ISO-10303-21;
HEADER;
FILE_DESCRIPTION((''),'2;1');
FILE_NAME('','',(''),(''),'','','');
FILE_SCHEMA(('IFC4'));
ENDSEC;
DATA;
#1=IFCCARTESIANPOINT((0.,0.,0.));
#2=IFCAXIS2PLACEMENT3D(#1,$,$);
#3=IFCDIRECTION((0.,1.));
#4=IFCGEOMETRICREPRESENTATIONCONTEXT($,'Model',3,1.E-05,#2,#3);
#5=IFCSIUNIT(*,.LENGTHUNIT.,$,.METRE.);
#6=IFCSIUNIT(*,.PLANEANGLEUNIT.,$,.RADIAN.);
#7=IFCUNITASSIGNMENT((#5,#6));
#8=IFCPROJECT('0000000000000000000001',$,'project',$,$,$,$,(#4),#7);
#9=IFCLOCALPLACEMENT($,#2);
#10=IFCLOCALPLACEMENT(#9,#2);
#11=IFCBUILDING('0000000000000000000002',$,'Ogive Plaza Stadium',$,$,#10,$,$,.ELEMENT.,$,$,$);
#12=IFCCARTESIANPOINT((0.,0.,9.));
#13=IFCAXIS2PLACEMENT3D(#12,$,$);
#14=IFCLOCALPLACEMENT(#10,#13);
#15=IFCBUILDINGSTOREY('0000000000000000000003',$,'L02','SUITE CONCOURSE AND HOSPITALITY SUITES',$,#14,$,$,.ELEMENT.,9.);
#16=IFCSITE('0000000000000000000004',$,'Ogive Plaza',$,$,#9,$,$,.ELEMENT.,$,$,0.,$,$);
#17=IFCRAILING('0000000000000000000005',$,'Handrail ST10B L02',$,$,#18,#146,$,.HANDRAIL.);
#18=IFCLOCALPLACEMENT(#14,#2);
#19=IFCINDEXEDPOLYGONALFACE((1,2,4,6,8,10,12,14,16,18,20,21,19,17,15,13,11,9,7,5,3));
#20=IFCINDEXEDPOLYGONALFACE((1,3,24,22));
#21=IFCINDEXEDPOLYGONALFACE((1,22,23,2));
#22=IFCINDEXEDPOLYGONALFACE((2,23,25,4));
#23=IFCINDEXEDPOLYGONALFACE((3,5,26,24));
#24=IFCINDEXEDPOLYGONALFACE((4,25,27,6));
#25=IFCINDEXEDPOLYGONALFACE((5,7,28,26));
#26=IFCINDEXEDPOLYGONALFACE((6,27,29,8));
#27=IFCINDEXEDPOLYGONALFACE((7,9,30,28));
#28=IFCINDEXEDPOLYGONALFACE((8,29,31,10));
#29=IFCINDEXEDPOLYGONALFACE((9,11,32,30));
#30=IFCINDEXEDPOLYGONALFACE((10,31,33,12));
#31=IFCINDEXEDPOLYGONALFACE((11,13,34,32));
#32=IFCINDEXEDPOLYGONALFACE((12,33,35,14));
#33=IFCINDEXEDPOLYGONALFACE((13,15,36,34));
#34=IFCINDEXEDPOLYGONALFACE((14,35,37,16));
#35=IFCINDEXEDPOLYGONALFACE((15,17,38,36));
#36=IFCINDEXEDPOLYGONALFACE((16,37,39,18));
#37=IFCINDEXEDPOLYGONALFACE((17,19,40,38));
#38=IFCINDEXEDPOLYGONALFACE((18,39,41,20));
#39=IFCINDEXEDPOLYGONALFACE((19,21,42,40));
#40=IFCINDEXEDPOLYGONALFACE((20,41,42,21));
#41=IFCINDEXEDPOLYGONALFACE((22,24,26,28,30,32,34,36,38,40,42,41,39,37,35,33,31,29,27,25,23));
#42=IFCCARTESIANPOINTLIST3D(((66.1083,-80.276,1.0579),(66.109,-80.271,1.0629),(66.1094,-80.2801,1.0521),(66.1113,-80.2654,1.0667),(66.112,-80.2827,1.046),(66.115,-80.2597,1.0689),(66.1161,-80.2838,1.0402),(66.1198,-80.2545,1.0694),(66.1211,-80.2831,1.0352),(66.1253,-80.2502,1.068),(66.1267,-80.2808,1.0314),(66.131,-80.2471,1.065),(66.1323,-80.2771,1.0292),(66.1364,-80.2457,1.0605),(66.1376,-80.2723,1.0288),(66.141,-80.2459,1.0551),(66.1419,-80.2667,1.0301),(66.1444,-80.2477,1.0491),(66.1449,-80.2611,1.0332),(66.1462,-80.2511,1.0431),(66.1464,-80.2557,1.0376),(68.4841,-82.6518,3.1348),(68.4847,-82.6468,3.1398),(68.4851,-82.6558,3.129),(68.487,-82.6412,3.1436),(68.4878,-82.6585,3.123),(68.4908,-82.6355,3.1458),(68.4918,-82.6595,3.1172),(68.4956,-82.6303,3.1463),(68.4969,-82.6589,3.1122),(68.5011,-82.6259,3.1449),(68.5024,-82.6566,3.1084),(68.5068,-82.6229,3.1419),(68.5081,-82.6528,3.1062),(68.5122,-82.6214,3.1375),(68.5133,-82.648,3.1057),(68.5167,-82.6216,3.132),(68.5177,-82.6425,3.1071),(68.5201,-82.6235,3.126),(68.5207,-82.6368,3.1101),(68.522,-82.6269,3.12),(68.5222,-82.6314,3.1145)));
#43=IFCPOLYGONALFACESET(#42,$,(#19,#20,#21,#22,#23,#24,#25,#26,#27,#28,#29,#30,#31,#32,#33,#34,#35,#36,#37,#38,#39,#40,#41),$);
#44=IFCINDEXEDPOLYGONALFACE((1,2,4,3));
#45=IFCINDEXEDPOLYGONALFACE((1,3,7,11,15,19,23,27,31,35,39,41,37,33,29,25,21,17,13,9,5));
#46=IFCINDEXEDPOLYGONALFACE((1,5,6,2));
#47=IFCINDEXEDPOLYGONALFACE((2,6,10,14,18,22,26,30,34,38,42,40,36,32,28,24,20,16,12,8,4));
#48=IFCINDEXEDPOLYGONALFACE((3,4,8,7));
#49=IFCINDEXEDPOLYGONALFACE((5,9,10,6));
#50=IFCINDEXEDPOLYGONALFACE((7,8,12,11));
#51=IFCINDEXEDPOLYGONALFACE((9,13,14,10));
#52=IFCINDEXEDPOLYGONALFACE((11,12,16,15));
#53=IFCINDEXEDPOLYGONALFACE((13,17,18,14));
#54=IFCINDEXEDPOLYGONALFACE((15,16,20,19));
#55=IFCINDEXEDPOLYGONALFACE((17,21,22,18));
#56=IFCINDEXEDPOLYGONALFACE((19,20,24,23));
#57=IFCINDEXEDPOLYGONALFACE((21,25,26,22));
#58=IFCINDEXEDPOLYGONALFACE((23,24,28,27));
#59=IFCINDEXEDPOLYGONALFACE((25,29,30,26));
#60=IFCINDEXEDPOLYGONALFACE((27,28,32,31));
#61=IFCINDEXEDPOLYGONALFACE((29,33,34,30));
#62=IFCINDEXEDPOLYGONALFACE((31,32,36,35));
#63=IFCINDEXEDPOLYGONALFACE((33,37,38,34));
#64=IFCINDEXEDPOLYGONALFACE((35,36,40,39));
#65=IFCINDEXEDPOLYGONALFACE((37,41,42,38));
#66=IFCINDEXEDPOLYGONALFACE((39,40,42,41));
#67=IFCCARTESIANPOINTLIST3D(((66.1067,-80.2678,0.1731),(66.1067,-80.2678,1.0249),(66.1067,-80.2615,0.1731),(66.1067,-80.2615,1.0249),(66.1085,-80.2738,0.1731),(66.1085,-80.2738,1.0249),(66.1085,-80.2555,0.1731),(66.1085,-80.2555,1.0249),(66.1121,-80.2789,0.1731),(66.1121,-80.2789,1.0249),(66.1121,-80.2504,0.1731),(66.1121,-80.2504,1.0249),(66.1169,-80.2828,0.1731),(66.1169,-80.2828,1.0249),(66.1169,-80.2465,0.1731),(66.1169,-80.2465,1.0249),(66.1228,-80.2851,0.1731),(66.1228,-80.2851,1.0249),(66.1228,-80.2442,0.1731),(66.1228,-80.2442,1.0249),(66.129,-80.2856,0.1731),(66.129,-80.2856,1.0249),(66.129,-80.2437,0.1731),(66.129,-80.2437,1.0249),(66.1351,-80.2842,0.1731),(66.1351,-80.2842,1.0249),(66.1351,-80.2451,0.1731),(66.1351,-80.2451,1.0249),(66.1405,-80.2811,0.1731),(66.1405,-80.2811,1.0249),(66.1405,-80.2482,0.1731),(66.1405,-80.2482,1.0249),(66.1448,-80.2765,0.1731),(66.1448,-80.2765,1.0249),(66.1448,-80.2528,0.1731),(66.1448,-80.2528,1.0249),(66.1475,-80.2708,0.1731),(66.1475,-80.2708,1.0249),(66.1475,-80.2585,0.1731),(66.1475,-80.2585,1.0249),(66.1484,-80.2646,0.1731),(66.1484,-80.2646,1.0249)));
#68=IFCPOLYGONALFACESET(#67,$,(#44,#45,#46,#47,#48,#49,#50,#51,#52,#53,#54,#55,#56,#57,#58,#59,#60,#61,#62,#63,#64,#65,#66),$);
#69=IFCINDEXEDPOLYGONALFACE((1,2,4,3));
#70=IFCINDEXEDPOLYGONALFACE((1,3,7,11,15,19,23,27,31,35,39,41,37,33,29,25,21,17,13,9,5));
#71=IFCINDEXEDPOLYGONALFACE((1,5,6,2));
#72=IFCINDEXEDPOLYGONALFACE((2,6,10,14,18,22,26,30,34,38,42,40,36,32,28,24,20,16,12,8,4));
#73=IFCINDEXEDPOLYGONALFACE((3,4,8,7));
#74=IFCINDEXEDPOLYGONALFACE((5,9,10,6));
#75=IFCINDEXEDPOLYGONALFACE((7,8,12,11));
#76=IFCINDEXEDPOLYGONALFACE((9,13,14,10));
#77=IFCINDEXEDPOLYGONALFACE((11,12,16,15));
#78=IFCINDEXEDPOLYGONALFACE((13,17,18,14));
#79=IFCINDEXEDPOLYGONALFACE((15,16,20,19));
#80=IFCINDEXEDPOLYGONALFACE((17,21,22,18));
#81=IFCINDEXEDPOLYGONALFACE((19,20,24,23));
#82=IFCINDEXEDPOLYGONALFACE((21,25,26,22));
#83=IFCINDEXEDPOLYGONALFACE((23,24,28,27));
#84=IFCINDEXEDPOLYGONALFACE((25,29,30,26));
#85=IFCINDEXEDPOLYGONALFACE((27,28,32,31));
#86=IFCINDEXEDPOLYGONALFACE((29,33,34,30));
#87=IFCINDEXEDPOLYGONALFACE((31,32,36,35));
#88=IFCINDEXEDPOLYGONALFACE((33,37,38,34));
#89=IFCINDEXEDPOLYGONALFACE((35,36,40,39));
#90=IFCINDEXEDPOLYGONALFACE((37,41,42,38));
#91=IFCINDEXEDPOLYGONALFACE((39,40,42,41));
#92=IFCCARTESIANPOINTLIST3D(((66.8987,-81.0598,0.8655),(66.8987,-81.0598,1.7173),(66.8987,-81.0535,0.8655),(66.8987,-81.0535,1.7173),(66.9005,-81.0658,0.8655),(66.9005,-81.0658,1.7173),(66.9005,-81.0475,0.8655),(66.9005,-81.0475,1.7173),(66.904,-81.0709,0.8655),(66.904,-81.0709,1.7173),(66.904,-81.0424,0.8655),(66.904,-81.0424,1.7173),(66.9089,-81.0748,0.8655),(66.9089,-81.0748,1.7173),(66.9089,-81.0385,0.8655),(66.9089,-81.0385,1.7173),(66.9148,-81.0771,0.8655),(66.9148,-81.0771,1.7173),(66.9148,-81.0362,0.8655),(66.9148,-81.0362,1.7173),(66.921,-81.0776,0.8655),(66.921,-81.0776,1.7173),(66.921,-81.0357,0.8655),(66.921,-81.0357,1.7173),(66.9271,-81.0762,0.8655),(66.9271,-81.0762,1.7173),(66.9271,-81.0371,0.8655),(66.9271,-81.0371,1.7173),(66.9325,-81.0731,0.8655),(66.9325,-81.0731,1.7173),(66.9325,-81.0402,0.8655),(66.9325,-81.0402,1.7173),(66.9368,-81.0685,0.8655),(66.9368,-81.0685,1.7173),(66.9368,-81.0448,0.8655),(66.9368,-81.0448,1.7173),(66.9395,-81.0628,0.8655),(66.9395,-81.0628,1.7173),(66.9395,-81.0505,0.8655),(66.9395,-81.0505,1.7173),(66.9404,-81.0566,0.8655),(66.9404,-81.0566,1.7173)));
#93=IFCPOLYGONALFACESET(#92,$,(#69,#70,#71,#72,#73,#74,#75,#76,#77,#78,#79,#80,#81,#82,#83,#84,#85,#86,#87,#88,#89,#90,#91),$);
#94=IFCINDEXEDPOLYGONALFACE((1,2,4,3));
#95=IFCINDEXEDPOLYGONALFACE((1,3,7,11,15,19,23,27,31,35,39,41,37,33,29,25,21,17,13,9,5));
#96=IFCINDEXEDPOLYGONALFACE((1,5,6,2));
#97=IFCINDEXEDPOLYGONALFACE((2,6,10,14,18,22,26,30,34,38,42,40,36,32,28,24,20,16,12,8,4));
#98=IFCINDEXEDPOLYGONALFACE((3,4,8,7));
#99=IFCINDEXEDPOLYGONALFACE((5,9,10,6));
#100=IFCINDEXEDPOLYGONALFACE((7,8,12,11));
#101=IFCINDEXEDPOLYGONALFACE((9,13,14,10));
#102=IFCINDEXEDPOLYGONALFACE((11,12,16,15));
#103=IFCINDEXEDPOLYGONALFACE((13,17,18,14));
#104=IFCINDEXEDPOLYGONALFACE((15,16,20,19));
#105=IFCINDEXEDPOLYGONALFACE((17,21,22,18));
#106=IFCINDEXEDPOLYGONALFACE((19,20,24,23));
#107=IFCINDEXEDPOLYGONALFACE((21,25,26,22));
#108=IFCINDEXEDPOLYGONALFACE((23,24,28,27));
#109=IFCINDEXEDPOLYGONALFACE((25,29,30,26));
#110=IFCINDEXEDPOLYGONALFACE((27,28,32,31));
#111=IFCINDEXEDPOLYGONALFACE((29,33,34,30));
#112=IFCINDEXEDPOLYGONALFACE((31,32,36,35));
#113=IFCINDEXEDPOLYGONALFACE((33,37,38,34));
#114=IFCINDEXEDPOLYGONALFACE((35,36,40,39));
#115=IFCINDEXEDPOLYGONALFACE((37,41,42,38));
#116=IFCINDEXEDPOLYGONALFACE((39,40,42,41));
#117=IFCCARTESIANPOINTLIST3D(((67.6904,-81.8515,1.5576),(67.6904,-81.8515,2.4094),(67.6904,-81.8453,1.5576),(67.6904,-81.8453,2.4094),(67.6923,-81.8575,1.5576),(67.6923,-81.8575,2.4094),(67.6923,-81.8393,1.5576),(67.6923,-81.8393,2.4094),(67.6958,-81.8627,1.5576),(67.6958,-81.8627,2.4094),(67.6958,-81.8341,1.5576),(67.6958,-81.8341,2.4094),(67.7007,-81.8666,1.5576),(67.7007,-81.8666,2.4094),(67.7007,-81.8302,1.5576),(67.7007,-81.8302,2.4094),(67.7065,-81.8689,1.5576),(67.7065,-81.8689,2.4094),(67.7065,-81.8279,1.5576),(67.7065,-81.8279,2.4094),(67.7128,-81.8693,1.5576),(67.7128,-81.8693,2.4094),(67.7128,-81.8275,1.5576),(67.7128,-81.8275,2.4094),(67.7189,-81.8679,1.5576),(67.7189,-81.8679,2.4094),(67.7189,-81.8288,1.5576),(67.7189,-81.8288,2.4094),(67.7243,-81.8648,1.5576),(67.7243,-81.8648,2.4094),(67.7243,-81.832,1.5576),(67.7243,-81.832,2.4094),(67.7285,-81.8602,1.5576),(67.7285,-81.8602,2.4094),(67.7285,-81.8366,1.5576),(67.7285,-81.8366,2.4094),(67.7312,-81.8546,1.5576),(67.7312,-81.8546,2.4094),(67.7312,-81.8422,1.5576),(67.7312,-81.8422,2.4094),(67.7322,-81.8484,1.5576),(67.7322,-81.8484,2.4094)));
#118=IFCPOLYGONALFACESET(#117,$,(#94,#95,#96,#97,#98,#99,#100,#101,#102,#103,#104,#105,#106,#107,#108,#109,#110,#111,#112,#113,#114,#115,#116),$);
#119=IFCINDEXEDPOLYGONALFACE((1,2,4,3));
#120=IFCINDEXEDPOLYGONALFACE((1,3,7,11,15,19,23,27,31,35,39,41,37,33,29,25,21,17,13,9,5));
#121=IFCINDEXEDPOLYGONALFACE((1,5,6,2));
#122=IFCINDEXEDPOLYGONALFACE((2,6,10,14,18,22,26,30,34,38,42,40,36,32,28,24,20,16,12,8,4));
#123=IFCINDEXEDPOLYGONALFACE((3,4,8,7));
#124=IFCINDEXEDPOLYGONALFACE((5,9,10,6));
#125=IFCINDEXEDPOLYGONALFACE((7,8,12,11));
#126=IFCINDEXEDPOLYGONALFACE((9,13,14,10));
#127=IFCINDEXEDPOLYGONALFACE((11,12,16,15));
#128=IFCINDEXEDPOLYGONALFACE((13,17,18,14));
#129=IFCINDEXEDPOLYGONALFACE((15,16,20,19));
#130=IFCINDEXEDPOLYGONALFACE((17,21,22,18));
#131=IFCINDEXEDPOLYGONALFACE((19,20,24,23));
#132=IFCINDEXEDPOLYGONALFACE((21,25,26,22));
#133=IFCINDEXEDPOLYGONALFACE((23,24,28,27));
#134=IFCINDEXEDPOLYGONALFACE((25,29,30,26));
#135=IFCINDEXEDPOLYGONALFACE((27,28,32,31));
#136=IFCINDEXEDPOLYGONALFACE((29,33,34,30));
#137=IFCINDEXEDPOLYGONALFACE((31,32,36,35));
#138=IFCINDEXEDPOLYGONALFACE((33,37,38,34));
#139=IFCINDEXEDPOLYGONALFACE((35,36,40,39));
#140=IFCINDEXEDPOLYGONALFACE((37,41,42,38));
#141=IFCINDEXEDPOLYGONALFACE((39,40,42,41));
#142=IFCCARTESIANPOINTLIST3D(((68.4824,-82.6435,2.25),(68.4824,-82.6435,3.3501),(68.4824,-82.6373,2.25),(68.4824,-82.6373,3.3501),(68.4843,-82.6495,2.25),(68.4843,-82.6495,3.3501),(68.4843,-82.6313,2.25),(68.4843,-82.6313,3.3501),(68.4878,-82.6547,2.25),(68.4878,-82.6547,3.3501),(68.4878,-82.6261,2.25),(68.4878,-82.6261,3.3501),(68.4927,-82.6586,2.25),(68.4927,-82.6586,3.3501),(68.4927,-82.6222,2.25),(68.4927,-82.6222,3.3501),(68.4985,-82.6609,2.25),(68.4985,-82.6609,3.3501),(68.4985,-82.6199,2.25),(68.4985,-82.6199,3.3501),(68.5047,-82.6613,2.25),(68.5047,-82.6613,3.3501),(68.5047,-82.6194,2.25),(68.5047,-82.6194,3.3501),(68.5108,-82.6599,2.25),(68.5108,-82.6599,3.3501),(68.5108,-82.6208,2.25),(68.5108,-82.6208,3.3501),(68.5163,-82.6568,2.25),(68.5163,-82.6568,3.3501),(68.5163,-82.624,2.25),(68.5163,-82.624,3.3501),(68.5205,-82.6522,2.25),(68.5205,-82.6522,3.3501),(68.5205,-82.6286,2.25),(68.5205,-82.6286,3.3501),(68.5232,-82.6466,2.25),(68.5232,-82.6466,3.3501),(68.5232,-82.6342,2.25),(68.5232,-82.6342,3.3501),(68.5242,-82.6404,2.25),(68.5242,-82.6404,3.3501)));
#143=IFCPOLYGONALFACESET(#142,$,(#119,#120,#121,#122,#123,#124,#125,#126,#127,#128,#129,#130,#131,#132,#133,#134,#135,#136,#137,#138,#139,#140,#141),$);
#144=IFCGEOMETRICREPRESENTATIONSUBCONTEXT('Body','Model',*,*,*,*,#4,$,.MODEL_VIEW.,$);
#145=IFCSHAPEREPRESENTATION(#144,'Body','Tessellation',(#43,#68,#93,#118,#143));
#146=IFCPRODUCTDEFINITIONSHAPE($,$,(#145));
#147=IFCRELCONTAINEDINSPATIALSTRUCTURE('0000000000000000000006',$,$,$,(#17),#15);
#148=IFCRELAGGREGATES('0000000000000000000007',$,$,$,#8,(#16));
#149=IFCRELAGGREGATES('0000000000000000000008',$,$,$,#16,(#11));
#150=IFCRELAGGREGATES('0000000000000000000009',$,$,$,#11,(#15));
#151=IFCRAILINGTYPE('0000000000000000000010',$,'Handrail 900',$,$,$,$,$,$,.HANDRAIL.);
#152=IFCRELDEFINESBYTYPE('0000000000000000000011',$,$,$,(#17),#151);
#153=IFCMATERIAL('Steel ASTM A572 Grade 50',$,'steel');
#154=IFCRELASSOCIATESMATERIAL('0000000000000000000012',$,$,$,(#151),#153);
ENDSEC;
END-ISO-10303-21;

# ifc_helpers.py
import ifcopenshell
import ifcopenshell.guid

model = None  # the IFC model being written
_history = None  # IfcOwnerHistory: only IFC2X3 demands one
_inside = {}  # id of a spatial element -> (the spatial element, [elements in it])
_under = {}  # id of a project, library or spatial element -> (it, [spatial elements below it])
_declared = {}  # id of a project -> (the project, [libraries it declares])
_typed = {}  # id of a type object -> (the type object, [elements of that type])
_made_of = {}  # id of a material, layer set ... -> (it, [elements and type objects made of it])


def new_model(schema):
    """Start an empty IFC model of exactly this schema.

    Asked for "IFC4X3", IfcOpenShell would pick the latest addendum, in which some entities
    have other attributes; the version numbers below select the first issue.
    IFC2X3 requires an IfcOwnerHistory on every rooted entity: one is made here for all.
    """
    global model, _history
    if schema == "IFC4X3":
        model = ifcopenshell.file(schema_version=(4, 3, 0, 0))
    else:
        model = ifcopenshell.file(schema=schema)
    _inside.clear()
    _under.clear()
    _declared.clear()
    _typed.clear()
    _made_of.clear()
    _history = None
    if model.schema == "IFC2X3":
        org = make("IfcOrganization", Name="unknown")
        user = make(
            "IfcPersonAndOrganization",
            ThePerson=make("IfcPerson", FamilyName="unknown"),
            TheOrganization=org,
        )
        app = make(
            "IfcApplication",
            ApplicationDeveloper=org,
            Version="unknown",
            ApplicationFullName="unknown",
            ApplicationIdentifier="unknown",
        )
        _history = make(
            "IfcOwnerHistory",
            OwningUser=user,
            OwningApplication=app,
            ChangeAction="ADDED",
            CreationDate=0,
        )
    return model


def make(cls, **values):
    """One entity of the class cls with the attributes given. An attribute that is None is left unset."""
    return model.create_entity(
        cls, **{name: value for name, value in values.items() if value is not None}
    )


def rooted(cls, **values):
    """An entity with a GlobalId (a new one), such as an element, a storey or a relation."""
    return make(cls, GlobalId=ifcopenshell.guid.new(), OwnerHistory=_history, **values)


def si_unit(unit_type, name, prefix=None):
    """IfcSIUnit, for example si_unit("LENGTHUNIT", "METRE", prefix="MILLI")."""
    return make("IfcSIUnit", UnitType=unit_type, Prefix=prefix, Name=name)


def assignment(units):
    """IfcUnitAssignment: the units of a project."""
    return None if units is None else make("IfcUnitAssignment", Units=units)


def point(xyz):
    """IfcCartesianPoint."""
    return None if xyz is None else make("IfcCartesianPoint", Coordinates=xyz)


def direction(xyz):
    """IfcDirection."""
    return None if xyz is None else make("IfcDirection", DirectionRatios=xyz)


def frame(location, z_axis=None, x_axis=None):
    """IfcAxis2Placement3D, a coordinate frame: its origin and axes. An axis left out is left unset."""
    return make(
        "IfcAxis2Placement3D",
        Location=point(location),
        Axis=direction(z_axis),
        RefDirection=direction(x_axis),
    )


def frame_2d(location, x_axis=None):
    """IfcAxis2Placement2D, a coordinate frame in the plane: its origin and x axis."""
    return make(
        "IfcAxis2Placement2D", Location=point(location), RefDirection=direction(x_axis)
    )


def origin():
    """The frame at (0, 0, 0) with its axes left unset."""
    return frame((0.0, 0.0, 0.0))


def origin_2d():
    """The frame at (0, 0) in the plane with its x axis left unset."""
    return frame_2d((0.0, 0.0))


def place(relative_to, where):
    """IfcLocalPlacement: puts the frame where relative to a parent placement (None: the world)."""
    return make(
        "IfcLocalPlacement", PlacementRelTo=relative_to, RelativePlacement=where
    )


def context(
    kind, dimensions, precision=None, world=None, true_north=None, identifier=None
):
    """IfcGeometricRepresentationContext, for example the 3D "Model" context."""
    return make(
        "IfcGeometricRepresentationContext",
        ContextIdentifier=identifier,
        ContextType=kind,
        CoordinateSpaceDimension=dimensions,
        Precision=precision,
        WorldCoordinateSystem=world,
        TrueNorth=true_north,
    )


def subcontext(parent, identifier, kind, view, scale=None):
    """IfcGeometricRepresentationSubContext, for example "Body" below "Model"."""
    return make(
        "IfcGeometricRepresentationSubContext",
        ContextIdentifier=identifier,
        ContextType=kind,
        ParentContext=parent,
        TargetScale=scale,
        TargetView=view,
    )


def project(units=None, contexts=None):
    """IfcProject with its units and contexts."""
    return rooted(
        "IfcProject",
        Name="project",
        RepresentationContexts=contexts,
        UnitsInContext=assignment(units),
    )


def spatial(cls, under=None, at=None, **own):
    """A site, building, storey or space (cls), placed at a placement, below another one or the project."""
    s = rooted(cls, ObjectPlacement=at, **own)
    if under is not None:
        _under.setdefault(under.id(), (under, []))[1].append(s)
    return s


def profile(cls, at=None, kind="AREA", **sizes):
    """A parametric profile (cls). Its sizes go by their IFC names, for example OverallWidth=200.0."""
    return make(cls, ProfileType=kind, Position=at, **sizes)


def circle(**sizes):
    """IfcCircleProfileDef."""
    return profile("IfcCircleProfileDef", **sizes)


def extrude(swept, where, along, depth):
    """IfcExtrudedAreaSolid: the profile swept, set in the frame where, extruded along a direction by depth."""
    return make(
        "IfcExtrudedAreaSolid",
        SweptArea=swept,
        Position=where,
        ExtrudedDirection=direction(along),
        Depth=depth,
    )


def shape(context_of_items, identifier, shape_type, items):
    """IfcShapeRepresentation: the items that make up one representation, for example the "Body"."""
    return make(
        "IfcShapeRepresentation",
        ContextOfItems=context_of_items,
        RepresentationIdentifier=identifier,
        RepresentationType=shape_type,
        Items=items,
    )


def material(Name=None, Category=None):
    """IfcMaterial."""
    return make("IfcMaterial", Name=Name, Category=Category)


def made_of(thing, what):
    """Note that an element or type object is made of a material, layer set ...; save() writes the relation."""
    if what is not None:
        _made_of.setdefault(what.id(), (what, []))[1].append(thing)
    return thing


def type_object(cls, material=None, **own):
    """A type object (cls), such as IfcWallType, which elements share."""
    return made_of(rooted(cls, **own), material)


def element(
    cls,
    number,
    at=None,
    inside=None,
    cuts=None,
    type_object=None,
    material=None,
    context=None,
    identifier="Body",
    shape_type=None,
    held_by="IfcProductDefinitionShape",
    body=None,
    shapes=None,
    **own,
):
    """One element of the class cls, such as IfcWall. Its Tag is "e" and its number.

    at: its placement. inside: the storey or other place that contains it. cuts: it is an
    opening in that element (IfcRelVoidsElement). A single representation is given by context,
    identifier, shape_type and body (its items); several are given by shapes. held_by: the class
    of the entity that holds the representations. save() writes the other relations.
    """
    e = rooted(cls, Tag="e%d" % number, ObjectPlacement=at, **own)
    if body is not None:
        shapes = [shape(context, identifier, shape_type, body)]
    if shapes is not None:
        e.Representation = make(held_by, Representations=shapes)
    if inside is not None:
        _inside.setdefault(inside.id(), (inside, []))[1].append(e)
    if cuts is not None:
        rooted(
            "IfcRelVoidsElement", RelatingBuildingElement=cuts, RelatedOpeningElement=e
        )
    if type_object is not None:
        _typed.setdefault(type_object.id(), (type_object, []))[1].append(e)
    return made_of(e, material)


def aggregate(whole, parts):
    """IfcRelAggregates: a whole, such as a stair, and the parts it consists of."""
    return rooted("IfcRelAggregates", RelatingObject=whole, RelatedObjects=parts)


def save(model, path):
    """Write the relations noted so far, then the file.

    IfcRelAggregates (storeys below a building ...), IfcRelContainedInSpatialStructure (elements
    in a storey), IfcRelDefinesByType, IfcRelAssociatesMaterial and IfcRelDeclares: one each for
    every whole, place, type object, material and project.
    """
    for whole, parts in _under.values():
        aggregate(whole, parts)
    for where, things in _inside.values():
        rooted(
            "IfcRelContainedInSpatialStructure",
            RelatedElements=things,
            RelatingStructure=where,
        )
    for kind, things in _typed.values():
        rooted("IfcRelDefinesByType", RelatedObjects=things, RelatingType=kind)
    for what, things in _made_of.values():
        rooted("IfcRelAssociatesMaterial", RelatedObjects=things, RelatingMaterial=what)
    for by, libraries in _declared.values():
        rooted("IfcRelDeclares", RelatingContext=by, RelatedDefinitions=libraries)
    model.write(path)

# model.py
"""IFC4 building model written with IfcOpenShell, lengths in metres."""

from ifc_helpers import new_model, si_unit, direction, frame, origin, origin_2d, place, context, subcontext, project, spatial, circle, extrude, material, type_object, element, save


model = new_model("IFC4")

# Units and contexts
model_context = context("Model", 3, precision=1e-05, world=origin(), true_north=direction((0.0, 1.0)))
body_context = subcontext(model_context, "Body", "Model", "MODEL_VIEW")
ifc_project = project(units=[si_unit("LENGTHUNIT", "METRE"), si_unit("PLANEANGLEUNIT", "RADIAN")], contexts=[model_context])

# Site, building, storey
site_placement = place(None, origin())
site = spatial("IfcSite", under=ifc_project, at=site_placement, Name="Ogive Plaza", CompositionType="ELEMENT", RefElevation=0.0)
building_placement = place(site_placement, origin())
building = spatial("IfcBuilding", under=site, at=building_placement, Name="Ogive Plaza Stadium", CompositionType="ELEMENT")
storey_placement = place(building_placement, frame((0.0, 0.0, 9.0)))
storey = spatial("IfcBuildingStorey", under=building, at=storey_placement, Name="L02", Description="SUITE CONCOURSE AND HOSPITALITY SUITES", CompositionType="ELEMENT", Elevation=9.0)

# Railing
ifc_material_1 = material(Name="Steel ASTM A572 Grade 50", Category="steel")
railing_type_1 = type_object("IfcRailingType", Name="Handrail 900", PredefinedType="HANDRAIL", material=ifc_material_1)
railing_1_placement = place(storey_placement, frame((66.1274, -80.2646, 0.1731)))
element("IfcRailing", 1, at=railing_1_placement, inside=storey, type_object=railing_type_1, Name="Handrail ST10B L02", PredefinedType="HANDRAIL", context=body_context, shape_type="SweptSolid", body=[
    extrude(circle(Radius=0.0239, at=origin_2d()), frame((0.0, 0.0, 0.876), z_axis=(0.601466, -0.601466, 0.525811), x_axis=(0.707107, 0.707107, 0.0)), (0.0, 0.0, 1.0), 3.95),
    extrude(circle(Radius=0.021, at=origin_2d()), origin(), (0.0, 0.0, 1.0), 0.8518),
    extrude(circle(Radius=0.021, at=origin_2d()), frame((0.792, -0.792, 0.6924)), (0.0, 0.0, 1.0), 0.8518),
    extrude(circle(Radius=0.021, at=origin_2d()), frame((1.5837, -1.5837, 1.3845)), (0.0, 0.0, 1.0), 0.8518),
    extrude(circle(Radius=0.021, at=origin_2d()), frame((2.3757, -2.3757, 2.0769)), (0.0, 0.0, 1.0), 1.1001),
])

save(model, "model.ifc")
